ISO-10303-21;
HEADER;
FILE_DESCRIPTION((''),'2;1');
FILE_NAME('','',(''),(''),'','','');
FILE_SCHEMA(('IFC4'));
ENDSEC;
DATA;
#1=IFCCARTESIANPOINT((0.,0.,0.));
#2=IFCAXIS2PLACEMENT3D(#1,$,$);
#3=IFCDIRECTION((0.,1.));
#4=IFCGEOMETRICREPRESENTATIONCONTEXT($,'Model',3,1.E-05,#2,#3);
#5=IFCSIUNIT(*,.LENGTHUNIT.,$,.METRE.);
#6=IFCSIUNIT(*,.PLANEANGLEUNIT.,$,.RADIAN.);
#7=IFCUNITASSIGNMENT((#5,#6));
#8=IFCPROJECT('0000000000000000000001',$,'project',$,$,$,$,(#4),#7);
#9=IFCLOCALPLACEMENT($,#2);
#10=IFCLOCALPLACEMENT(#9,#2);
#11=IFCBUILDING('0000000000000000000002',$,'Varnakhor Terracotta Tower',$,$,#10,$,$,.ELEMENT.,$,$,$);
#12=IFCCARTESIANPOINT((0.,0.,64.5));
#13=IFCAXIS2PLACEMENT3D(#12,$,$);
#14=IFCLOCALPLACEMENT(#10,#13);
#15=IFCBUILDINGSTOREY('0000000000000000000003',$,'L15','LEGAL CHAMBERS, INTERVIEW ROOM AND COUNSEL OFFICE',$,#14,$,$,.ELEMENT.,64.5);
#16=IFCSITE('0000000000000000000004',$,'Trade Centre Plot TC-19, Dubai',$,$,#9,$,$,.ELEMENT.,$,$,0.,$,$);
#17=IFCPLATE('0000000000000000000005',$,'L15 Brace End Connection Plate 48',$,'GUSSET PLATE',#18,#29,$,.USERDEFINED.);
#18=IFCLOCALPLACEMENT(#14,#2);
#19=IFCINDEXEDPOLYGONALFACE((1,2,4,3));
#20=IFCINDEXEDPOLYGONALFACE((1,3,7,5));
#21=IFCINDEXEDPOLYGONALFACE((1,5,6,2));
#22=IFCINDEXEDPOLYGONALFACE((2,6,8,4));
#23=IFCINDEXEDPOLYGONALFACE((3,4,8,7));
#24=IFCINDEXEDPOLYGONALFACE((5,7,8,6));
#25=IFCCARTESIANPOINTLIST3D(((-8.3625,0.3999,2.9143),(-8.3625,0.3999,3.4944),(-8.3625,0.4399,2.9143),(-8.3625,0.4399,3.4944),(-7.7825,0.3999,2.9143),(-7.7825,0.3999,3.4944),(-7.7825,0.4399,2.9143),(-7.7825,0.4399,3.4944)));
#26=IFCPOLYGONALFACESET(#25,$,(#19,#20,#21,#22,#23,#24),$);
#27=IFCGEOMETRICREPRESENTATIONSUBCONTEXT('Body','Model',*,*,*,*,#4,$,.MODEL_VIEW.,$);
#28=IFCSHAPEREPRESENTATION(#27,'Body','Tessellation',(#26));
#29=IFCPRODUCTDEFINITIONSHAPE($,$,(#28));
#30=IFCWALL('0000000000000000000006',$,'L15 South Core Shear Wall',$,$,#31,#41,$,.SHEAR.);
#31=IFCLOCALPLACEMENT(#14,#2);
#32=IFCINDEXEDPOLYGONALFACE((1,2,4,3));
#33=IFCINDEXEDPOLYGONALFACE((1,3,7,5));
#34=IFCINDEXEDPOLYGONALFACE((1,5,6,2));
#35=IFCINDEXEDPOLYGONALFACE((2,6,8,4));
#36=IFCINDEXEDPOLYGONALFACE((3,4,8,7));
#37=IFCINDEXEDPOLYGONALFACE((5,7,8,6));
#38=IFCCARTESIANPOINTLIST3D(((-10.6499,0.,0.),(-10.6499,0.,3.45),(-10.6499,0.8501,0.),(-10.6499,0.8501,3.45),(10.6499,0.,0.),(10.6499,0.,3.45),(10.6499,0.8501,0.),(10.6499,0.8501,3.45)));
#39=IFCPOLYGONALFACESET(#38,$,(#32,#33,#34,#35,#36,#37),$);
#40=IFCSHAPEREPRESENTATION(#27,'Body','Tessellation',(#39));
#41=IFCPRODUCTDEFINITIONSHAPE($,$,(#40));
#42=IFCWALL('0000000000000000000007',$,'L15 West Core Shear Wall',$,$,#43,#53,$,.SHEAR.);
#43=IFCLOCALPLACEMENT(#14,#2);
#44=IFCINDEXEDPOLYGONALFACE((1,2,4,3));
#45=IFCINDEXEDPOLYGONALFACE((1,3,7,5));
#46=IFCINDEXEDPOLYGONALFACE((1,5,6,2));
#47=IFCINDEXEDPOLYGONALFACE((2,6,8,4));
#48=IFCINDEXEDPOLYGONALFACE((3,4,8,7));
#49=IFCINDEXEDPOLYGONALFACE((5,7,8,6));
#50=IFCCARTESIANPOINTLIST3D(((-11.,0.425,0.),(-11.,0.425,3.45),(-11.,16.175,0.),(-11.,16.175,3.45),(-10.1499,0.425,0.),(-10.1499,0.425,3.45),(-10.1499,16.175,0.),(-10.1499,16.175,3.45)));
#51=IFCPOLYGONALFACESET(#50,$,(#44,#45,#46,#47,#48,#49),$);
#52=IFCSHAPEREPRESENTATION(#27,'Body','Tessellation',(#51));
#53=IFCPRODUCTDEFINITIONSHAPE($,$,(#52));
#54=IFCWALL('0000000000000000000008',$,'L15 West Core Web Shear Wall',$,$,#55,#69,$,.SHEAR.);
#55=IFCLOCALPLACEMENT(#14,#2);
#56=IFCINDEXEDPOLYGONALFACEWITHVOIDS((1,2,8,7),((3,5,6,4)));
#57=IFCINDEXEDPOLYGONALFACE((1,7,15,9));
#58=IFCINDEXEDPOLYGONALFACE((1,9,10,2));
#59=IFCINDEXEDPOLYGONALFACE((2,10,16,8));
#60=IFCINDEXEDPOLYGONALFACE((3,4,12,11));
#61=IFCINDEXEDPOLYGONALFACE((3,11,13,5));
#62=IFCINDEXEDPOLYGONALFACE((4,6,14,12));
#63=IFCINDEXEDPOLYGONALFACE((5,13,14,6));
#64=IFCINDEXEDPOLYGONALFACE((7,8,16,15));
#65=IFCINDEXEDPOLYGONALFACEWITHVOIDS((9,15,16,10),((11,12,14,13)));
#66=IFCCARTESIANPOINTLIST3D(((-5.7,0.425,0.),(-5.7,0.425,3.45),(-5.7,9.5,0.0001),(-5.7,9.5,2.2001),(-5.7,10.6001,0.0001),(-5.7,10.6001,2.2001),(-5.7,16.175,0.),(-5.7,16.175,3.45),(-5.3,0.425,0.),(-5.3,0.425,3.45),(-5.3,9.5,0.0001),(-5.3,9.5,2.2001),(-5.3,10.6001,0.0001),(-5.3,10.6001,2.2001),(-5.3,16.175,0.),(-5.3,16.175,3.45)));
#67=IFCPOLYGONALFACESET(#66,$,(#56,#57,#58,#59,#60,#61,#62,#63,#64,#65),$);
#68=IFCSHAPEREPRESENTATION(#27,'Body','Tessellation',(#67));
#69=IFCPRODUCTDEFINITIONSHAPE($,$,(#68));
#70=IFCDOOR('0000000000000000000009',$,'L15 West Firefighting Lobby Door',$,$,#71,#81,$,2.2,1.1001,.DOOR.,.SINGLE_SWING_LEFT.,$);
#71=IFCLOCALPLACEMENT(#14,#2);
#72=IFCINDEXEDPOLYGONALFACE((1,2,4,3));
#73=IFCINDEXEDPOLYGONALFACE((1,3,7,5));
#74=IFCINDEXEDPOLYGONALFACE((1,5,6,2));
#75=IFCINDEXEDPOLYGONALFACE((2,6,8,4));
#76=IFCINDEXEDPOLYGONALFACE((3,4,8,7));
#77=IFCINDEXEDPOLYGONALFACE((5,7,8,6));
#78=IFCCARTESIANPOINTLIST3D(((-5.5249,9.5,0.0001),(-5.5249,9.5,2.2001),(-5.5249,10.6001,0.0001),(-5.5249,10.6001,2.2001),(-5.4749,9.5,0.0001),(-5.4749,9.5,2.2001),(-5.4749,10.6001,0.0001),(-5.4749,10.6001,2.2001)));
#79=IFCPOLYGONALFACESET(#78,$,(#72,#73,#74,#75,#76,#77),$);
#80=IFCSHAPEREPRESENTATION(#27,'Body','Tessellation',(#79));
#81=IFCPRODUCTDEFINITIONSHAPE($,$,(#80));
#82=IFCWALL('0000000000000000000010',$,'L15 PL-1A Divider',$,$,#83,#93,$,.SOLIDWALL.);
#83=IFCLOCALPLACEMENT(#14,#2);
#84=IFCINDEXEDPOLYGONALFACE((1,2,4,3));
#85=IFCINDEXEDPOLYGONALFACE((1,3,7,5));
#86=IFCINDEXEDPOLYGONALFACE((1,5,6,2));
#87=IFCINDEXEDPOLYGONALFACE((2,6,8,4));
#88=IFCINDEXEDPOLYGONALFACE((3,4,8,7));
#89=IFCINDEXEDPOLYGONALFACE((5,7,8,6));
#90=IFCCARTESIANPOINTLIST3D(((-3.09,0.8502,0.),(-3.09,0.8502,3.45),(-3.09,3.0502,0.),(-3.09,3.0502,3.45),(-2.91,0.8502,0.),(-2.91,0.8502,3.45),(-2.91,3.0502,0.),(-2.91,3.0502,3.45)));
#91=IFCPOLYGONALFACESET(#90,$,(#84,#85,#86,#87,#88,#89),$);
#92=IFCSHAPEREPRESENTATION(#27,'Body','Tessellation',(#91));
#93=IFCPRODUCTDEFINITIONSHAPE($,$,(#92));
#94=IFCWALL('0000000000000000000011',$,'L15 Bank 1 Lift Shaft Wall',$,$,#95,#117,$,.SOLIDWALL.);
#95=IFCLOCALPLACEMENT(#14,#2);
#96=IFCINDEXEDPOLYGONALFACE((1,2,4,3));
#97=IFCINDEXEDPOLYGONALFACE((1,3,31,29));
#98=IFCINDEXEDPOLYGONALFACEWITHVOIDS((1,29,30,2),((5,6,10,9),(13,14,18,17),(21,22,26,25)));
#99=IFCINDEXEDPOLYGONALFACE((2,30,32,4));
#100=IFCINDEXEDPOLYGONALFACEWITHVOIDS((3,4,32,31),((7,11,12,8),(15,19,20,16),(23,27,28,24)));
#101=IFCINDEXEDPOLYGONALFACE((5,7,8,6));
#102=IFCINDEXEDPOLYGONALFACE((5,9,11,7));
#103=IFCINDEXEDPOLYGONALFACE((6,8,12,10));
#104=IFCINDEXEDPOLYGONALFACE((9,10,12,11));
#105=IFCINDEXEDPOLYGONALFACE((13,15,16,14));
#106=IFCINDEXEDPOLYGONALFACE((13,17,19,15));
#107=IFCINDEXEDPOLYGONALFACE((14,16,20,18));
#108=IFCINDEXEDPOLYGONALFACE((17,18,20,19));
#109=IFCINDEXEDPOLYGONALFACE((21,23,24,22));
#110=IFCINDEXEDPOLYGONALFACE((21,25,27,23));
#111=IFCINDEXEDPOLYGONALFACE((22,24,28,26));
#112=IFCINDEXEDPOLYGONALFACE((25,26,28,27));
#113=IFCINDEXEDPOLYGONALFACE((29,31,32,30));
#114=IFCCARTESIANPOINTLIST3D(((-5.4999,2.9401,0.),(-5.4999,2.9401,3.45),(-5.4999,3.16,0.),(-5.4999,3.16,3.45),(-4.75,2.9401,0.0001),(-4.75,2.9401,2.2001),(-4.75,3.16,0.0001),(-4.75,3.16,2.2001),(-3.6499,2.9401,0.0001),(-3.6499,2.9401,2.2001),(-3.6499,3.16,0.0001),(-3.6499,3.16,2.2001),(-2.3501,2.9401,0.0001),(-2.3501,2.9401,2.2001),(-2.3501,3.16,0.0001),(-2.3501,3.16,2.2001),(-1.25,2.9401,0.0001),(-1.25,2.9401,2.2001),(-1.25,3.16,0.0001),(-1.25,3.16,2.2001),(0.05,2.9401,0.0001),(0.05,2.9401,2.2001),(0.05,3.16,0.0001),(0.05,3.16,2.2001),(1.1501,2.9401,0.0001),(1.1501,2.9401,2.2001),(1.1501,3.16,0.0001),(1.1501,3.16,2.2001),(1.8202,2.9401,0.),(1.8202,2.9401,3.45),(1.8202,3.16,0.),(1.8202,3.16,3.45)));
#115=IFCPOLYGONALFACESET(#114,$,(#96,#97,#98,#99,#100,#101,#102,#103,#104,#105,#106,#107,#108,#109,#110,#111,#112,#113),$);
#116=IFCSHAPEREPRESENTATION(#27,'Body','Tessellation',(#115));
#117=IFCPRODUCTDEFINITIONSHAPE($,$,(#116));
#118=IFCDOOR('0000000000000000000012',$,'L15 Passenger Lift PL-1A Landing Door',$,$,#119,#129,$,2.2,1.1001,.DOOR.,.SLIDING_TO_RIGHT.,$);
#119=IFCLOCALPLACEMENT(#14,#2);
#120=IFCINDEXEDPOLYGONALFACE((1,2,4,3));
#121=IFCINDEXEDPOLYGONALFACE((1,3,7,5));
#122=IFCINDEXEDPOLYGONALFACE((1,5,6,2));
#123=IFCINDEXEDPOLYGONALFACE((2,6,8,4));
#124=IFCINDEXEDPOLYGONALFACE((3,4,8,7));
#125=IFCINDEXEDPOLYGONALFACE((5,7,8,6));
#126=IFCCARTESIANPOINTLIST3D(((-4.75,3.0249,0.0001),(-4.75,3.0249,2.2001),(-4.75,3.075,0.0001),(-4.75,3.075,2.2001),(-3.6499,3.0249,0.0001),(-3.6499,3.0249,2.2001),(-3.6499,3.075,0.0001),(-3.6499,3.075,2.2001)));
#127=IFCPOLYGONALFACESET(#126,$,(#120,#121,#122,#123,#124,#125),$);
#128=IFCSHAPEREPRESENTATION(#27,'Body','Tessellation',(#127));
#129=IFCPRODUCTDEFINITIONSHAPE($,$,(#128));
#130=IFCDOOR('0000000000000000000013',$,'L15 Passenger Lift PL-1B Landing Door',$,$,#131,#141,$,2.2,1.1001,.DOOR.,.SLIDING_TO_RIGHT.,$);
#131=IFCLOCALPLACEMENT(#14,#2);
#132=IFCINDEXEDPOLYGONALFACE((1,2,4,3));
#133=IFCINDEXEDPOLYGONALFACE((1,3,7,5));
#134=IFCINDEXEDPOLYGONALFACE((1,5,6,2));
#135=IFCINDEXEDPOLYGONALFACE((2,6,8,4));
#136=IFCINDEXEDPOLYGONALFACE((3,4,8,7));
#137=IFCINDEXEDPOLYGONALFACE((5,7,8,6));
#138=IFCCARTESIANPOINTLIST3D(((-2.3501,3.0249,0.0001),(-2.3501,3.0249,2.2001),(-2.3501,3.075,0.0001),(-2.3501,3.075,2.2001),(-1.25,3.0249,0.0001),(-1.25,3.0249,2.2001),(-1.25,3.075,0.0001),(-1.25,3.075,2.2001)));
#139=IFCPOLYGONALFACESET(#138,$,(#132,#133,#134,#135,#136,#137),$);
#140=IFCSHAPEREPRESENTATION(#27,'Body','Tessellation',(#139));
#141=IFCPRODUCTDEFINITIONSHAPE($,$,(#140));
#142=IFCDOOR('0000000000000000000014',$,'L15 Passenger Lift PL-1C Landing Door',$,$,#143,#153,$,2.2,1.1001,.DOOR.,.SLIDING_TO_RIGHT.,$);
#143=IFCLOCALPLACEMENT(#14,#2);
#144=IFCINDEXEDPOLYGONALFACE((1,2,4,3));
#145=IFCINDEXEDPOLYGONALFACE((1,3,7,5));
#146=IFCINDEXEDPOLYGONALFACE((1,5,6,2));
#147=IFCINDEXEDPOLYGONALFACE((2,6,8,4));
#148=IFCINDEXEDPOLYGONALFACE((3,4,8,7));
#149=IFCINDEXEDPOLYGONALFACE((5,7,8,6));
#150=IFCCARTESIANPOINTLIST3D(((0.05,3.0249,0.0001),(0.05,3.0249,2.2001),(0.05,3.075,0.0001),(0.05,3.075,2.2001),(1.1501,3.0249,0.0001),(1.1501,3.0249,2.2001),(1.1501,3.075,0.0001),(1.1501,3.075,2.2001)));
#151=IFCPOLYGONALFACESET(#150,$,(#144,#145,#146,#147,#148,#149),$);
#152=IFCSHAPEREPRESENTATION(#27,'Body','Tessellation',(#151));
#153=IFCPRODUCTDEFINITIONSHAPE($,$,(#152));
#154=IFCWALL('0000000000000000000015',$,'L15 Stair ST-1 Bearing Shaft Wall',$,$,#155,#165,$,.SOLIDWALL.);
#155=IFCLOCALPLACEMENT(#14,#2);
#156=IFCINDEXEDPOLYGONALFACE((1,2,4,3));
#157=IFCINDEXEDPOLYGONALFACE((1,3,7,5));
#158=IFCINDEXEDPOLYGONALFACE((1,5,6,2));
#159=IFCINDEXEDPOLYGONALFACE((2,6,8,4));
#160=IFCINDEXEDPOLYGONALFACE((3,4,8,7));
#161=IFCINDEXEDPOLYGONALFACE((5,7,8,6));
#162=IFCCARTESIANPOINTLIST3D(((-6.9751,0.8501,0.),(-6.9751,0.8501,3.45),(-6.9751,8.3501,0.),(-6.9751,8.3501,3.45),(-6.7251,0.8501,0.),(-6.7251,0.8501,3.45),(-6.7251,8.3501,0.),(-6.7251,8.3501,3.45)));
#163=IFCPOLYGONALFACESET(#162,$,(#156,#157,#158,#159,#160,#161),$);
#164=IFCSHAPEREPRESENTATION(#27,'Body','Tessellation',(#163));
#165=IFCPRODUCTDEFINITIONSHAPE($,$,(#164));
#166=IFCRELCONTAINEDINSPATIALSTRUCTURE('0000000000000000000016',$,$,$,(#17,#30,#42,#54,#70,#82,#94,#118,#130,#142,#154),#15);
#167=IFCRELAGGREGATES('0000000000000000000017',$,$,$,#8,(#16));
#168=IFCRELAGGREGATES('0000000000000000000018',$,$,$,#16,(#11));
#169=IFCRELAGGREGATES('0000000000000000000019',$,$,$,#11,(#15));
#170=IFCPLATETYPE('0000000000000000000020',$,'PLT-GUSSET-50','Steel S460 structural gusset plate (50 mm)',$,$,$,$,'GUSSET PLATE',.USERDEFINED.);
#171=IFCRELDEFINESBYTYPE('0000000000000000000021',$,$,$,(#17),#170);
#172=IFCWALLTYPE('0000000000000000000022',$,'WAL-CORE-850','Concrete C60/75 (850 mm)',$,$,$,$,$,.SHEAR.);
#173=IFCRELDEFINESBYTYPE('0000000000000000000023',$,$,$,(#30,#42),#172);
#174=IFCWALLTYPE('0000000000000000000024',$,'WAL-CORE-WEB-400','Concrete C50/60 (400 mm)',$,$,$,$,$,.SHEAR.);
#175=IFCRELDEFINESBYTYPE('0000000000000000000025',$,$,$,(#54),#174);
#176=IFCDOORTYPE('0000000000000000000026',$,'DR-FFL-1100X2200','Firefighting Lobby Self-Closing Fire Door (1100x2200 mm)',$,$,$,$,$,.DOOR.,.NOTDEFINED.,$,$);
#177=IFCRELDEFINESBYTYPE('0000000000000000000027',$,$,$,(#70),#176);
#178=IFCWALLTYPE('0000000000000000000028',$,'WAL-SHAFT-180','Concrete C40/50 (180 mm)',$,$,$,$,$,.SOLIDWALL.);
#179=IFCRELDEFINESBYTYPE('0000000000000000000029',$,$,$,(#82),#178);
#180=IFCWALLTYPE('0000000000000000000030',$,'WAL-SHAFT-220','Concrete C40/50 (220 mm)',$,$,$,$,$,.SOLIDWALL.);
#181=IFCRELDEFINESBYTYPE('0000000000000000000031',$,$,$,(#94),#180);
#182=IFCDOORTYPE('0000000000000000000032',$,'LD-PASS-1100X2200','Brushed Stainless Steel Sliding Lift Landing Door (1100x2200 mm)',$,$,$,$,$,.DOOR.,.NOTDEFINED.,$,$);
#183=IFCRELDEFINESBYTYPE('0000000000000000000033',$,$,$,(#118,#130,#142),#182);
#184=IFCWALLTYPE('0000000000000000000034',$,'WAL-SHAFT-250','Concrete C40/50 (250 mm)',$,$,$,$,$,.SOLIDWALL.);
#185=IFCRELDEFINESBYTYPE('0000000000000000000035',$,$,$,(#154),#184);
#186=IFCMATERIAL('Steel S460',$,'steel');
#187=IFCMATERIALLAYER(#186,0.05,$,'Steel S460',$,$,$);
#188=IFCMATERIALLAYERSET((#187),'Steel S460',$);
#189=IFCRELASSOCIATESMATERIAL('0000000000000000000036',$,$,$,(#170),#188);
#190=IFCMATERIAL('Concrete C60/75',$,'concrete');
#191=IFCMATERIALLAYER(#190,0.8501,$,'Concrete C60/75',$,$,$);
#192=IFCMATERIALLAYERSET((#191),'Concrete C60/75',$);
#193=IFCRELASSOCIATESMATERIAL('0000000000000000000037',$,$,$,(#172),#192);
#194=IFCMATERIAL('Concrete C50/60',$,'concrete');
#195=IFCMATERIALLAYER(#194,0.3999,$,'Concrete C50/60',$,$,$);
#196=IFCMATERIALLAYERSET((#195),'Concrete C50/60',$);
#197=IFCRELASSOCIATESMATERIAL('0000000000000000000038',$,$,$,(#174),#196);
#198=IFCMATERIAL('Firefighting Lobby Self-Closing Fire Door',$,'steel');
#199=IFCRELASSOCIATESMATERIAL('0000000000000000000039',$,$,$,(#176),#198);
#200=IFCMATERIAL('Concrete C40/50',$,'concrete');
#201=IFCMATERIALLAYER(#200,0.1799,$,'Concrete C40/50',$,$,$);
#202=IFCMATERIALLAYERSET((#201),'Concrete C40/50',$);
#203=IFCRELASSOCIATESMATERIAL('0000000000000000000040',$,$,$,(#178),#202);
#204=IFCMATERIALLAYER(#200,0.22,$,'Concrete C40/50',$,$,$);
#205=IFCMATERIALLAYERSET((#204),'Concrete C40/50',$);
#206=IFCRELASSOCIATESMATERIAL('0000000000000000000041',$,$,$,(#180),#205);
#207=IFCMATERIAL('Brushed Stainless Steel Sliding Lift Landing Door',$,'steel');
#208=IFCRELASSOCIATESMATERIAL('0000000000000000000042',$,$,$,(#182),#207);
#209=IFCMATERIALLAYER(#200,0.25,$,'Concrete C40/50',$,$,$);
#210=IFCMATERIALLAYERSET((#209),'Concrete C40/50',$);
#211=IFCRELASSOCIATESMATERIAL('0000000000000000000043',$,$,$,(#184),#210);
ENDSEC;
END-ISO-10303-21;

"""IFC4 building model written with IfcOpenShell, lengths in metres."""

from ifc_helpers import new_model, si_unit, direction, frame, frame_2d, origin, origin_2d, place, context, subcontext, project, spatial, rectangle, extrude, source, transform, mapped, material, layer, layer_set, type_object, type_shapes, element, fill, save


model = new_model("IFC4")

# Units and contexts
model_context = context("Model", 3, precision=1e-05, world=origin(), true_north=direction((0.0, 1.0)))
body_context = subcontext(model_context, "Body", "Model", "MODEL_VIEW")
ifc_project = project(units=[si_unit("LENGTHUNIT", "METRE"), si_unit("PLANEANGLEUNIT", "RADIAN")], contexts=[model_context])

# Site, building, storey
site_placement = place(None, origin())
site = spatial("IfcSite", under=ifc_project, at=site_placement, Name="Trade Centre Plot TC-19, Dubai", CompositionType="ELEMENT", RefElevation=0.0)
building_placement = place(site_placement, origin())
building = spatial("IfcBuilding", under=site, at=building_placement, Name="Varnakhor Terracotta Tower", CompositionType="ELEMENT")
storey_placement = place(building_placement, frame((0.0, 0.0, 64.5)))
storey = spatial("IfcBuildingStorey", under=building, at=storey_placement, Name="L15", Description="LEGAL CHAMBERS, INTERVIEW ROOM AND COUNSEL OFFICE", CompositionType="ELEMENT", Elevation=64.5)

# Shared definitions
ifc_material_1 = material(Name="Concrete C50/60", Category="concrete")

# Shared definitions
ifc_material_2 = material(Name="Steel S460", Category="steel")

# Plate
ifc_layer_1 = layer(ifc_material_2, 0.05, Name="Steel S460")
ifc_layer_set_1 = layer_set([ifc_layer_1], Name="Steel S460")
plate_type = type_object("IfcPlateType", Name="PLT-GUSSET-50", Description="Steel S460 structural gusset plate (50 mm)", ElementType="GUSSET PLATE", PredefinedType="USERDEFINED", material=ifc_layer_set_1)
shared_shape_1 = source(origin(), body_context, "Body", "SweptSolid", [
    extrude(rectangle(XDim=0.5801, YDim=0.04, at=origin_2d()), origin(), (0.0, 0.0, 1.0), 0.5801),
])
plate_placement = place(storey_placement, frame((-8.0725, 0.4199, 2.9143), z_axis=(0.0, 0.0, 1.0), x_axis=(1.0, 0.0, 0.0)))
element("IfcPlate", 1, at=plate_placement, inside=storey, type_object=plate_type, Name="L15 Brace End Connection Plate 48", ObjectType="GUSSET PLATE", PredefinedType="USERDEFINED", context=body_context, shape_type="MappedRepresentation", body=[
    mapped(shared_shape_1, transform((0.0, 0.0, 0.0), scale=1.0)),
])

# Walls
ifc_material_3 = material(Name="Concrete C60/75", Category="concrete")
ifc_layer_2 = layer(ifc_material_3, 0.8501, Name="Concrete C60/75")
ifc_layer_set_2 = layer_set([ifc_layer_2], Name="Concrete C60/75")
wall_type_1 = type_object("IfcWallType", Name="WAL-CORE-850", Description="Concrete C60/75 (850 mm)", PredefinedType="SHEAR", material=ifc_layer_set_2)
wall_1_placement = place(storey_placement, frame((-10.6499, 0.425, 0.0), z_axis=(0.0, 0.0, 1.0), x_axis=(1.0, 0.0, 0.0)))
element("IfcWall", 2, at=wall_1_placement, inside=storey, type_object=wall_type_1, Name="L15 South Core Shear Wall", PredefinedType="SHEAR", context=body_context, shape_type="SweptSolid", body=[
    extrude(rectangle(XDim=21.2998, YDim=0.8501, at=frame_2d((10.6499, 0.0))), origin(), (0.0, 0.0, 1.0), 3.45),
])
wall_2_placement = place(storey_placement, frame((-10.575, 0.425, 0.0), z_axis=(0.0, 0.0, 1.0), x_axis=(0.0, 1.0, 0.0)))
element("IfcWall", 3, at=wall_2_placement, inside=storey, type_object=wall_type_1, Name="L15 West Core Shear Wall", PredefinedType="SHEAR", context=body_context, shape_type="SweptSolid", body=[
    extrude(rectangle(XDim=15.75, YDim=0.8501, at=frame_2d((7.875, 0.0))), origin(), (0.0, 0.0, 1.0), 3.45),
])

# Wall, opening, door
ifc_layer_3 = layer(ifc_material_1, 0.3999, Name="Concrete C50/60")
ifc_layer_set_3 = layer_set([ifc_layer_3], Name="Concrete C50/60")
wall_type_2 = type_object("IfcWallType", Name="WAL-CORE-WEB-400", Description="Concrete C50/60 (400 mm)", PredefinedType="SHEAR", material=ifc_layer_set_3)
wall_3_placement = place(storey_placement, frame((-5.5, 0.425, 0.0), z_axis=(0.0, 0.0, 1.0), x_axis=(0.0, 1.0, 0.0)))
wall_3 = element("IfcWall", 4, at=wall_3_placement, inside=storey, type_object=wall_type_2, Name="L15 West Core Web Shear Wall", PredefinedType="SHEAR", context=body_context, shape_type="SweptSolid", body=[
    extrude(rectangle(XDim=15.75, YDim=0.3999, at=frame_2d((7.875, 0.0))), origin(), (0.0, 0.0, 1.0), 3.45),
])
opening_1_placement = place(wall_3_placement, frame((9.075, 0.0, 0.0)))
opening_1 = element("IfcOpeningElement", 5, at=opening_1_placement, cuts=wall_3, PredefinedType="OPENING", context=body_context, shape_type="SweptSolid", body=[
    extrude(rectangle(XDim=1.1001, YDim=2.2, at=frame_2d((0.55, 1.1001))), frame((0.0, 0.21, 0.0), z_axis=(0.0, -1.0, 0.0), x_axis=(1.0, 0.0, 0.0)), (0.0, 0.0, 1.0), 0.4199),
])
ifc_material_4 = material(Name="Firefighting Lobby Self-Closing Fire Door", Category="steel")
door_type_1 = type_object("IfcDoorType", Name="DR-FFL-1100X2200", Description="Firefighting Lobby Self-Closing Fire Door (1100x2200 mm)", OperationType="NOTDEFINED", PredefinedType="DOOR", material=ifc_material_4)
shared_shape_2 = source(origin(), body_context, "Body", "SweptSolid", [
    extrude(rectangle(XDim=1.1001, YDim=2.2, at=frame_2d((0.55, 1.1001))), frame((0.0, 0.0249, 0.0), z_axis=(0.0, -1.0, 0.0), x_axis=(1.0, 0.0, 0.0)), (0.0, 0.0, 1.0), 0.05),
])
type_shapes(door_type_1, [shared_shape_2])
door_1_placement = place(opening_1_placement, origin())
door_1 = element("IfcDoor", 6, at=door_1_placement, inside=storey, type_object=door_type_1, Name="L15 West Firefighting Lobby Door", OperationType="SINGLE_SWING_LEFT", OverallHeight=2.2, OverallWidth=1.1001, PredefinedType="DOOR", context=body_context, shape_type="MappedRepresentation", body=[
    mapped(shared_shape_2, transform((0.0, 0.0, 0.0), scale=1.0)),
])
fill(opening_1, door_1)

# Wall
ifc_material_5 = material(Name="Concrete C40/50", Category="concrete")
ifc_layer_4 = layer(ifc_material_5, 0.1799, Name="Concrete C40/50")
ifc_layer_set_4 = layer_set([ifc_layer_4], Name="Concrete C40/50")
wall_type_3 = type_object("IfcWallType", Name="WAL-SHAFT-180", Description="Concrete C40/50 (180 mm)", PredefinedType="SOLIDWALL", material=ifc_layer_set_4)
wall_4_placement = place(storey_placement, frame((-3.0, 0.8501, 0.0), z_axis=(0.0, 0.0, 1.0), x_axis=(0.0, 1.0, 0.0)))
element("IfcWall", 7, at=wall_4_placement, inside=storey, type_object=wall_type_3, Name="L15 PL-1A Divider", PredefinedType="SOLIDWALL", context=body_context, shape_type="SweptSolid", body=[
    extrude(rectangle(XDim=2.2, YDim=0.1799, at=frame_2d((1.1001, 0.0))), origin(), (0.0, 0.0, 1.0), 3.45),
])

# Wall, openings, doors
ifc_layer_5 = layer(ifc_material_5, 0.22, Name="Concrete C40/50")
ifc_layer_set_5 = layer_set([ifc_layer_5], Name="Concrete C40/50")
wall_type_4 = type_object("IfcWallType", Name="WAL-SHAFT-220", Description="Concrete C40/50 (220 mm)", PredefinedType="SOLIDWALL", material=ifc_layer_set_5)
wall_5_placement = place(storey_placement, frame((-5.5, 3.05, 0.0), z_axis=(0.0, 0.0, 1.0), x_axis=(1.0, 0.0, 0.0)))
wall_5 = element("IfcWall", 8, at=wall_5_placement, inside=storey, type_object=wall_type_4, Name="L15 Bank 1 Lift Shaft Wall", PredefinedType="SOLIDWALL", context=body_context, shape_type="SweptSolid", body=[
    extrude(rectangle(XDim=7.3201, YDim=0.22, at=frame_2d((3.6602, 0.0))), origin(), (0.0, 0.0, 1.0), 3.45),
])
opening_2_placement = place(wall_5_placement, frame((0.75, 0.0, 0.0)))
opening_2 = element("IfcOpeningElement", 9, at=opening_2_placement, cuts=wall_5, PredefinedType="OPENING", context=body_context, shape_type="SweptSolid", body=[
    extrude(rectangle(XDim=1.1001, YDim=2.2, at=frame_2d((0.55, 1.1001))), frame((0.0, 0.1201, 0.0), z_axis=(0.0, -1.0, 0.0), x_axis=(1.0, 0.0, 0.0)), (0.0, 0.0, 1.0), 0.24),
])
opening_3_placement = place(wall_5_placement, frame((3.1499, 0.0, 0.0)))
opening_3 = element("IfcOpeningElement", 10, at=opening_3_placement, cuts=wall_5, PredefinedType="OPENING", context=body_context, shape_type="SweptSolid", body=[
    extrude(rectangle(XDim=1.1001, YDim=2.2, at=frame_2d((0.55, 1.1001))), frame((0.0, 0.1201, 0.0), z_axis=(0.0, -1.0, 0.0), x_axis=(1.0, 0.0, 0.0)), (0.0, 0.0, 1.0), 0.24),
])
opening_4_placement = place(wall_5_placement, frame((5.55, 0.0, 0.0)))
opening_4 = element("IfcOpeningElement", 11, at=opening_4_placement, cuts=wall_5, PredefinedType="OPENING", context=body_context, shape_type="SweptSolid", body=[
    extrude(rectangle(XDim=1.1001, YDim=2.2, at=frame_2d((0.55, 1.1001))), frame((0.0, 0.1201, 0.0), z_axis=(0.0, -1.0, 0.0), x_axis=(1.0, 0.0, 0.0)), (0.0, 0.0, 1.0), 0.24),
])
ifc_material_6 = material(Name="Brushed Stainless Steel Sliding Lift Landing Door", Category="steel")
door_type_2 = type_object("IfcDoorType", Name="LD-PASS-1100X2200", Description="Brushed Stainless Steel Sliding Lift Landing Door (1100x2200 mm)", OperationType="NOTDEFINED", PredefinedType="DOOR", material=ifc_material_6)
shared_shape_3 = source(origin(), body_context, "Body", "SweptSolid", [
    extrude(rectangle(XDim=1.1001, YDim=2.2, at=frame_2d((0.55, 1.1001))), frame((0.0, 0.0249, 0.0), z_axis=(0.0, -1.0, 0.0), x_axis=(1.0, 0.0, 0.0)), (0.0, 0.0, 1.0), 0.05),
])
type_shapes(door_type_2, [shared_shape_3])
door_2_placement = place(opening_2_placement, origin())
door_2 = element("IfcDoor", 12, at=door_2_placement, inside=storey, type_object=door_type_2, Name="L15 Passenger Lift PL-1A Landing Door", OperationType="SLIDING_TO_RIGHT", OverallHeight=2.2, OverallWidth=1.1001, PredefinedType="DOOR", context=body_context, shape_type="MappedRepresentation", body=[
    mapped(shared_shape_3, transform((0.0, 0.0, 0.0), scale=1.0)),
])
fill(opening_2, door_2)
door_3_placement = place(opening_3_placement, origin())
door_3 = element("IfcDoor", 13, at=door_3_placement, inside=storey, type_object=door_type_2, Name="L15 Passenger Lift PL-1B Landing Door", OperationType="SLIDING_TO_RIGHT", OverallHeight=2.2, OverallWidth=1.1001, PredefinedType="DOOR", context=body_context, shape_type="MappedRepresentation", body=[
    mapped(shared_shape_3, transform((0.0, 0.0, 0.0), scale=1.0)),
])
fill(opening_3, door_3)
door_4_placement = place(opening_4_placement, origin())
door_4 = element("IfcDoor", 14, at=door_4_placement, inside=storey, type_object=door_type_2, Name="L15 Passenger Lift PL-1C Landing Door", OperationType="SLIDING_TO_RIGHT", OverallHeight=2.2, OverallWidth=1.1001, PredefinedType="DOOR", context=body_context, shape_type="MappedRepresentation", body=[
    mapped(shared_shape_3, transform((0.0, 0.0, 0.0), scale=1.0)),
])
fill(opening_4, door_4)

# Wall
ifc_layer_6 = layer(ifc_material_5, 0.25, Name="Concrete C40/50")
ifc_layer_set_6 = layer_set([ifc_layer_6], Name="Concrete C40/50")
wall_type_5 = type_object("IfcWallType", Name="WAL-SHAFT-250", Description="Concrete C40/50 (250 mm)", PredefinedType="SOLIDWALL", material=ifc_layer_set_6)
wall_6_placement = place(storey_placement, frame((-6.8501, 0.8501, 0.0), z_axis=(0.0, 0.0, 1.0), x_axis=(0.0, 1.0, 0.0)))
element("IfcWall", 15, at=wall_6_placement, inside=storey, type_object=wall_type_5, Name="L15 Stair ST-1 Bearing Shaft Wall", PredefinedType="SOLIDWALL", context=body_context, shape_type="SweptSolid", body=[
    extrude(rectangle(XDim=7.5, YDim=0.25, at=frame_2d((3.75, 0.0))), origin(), (0.0, 0.0, 1.0), 3.45),
])

save(model, "model.ifc")
